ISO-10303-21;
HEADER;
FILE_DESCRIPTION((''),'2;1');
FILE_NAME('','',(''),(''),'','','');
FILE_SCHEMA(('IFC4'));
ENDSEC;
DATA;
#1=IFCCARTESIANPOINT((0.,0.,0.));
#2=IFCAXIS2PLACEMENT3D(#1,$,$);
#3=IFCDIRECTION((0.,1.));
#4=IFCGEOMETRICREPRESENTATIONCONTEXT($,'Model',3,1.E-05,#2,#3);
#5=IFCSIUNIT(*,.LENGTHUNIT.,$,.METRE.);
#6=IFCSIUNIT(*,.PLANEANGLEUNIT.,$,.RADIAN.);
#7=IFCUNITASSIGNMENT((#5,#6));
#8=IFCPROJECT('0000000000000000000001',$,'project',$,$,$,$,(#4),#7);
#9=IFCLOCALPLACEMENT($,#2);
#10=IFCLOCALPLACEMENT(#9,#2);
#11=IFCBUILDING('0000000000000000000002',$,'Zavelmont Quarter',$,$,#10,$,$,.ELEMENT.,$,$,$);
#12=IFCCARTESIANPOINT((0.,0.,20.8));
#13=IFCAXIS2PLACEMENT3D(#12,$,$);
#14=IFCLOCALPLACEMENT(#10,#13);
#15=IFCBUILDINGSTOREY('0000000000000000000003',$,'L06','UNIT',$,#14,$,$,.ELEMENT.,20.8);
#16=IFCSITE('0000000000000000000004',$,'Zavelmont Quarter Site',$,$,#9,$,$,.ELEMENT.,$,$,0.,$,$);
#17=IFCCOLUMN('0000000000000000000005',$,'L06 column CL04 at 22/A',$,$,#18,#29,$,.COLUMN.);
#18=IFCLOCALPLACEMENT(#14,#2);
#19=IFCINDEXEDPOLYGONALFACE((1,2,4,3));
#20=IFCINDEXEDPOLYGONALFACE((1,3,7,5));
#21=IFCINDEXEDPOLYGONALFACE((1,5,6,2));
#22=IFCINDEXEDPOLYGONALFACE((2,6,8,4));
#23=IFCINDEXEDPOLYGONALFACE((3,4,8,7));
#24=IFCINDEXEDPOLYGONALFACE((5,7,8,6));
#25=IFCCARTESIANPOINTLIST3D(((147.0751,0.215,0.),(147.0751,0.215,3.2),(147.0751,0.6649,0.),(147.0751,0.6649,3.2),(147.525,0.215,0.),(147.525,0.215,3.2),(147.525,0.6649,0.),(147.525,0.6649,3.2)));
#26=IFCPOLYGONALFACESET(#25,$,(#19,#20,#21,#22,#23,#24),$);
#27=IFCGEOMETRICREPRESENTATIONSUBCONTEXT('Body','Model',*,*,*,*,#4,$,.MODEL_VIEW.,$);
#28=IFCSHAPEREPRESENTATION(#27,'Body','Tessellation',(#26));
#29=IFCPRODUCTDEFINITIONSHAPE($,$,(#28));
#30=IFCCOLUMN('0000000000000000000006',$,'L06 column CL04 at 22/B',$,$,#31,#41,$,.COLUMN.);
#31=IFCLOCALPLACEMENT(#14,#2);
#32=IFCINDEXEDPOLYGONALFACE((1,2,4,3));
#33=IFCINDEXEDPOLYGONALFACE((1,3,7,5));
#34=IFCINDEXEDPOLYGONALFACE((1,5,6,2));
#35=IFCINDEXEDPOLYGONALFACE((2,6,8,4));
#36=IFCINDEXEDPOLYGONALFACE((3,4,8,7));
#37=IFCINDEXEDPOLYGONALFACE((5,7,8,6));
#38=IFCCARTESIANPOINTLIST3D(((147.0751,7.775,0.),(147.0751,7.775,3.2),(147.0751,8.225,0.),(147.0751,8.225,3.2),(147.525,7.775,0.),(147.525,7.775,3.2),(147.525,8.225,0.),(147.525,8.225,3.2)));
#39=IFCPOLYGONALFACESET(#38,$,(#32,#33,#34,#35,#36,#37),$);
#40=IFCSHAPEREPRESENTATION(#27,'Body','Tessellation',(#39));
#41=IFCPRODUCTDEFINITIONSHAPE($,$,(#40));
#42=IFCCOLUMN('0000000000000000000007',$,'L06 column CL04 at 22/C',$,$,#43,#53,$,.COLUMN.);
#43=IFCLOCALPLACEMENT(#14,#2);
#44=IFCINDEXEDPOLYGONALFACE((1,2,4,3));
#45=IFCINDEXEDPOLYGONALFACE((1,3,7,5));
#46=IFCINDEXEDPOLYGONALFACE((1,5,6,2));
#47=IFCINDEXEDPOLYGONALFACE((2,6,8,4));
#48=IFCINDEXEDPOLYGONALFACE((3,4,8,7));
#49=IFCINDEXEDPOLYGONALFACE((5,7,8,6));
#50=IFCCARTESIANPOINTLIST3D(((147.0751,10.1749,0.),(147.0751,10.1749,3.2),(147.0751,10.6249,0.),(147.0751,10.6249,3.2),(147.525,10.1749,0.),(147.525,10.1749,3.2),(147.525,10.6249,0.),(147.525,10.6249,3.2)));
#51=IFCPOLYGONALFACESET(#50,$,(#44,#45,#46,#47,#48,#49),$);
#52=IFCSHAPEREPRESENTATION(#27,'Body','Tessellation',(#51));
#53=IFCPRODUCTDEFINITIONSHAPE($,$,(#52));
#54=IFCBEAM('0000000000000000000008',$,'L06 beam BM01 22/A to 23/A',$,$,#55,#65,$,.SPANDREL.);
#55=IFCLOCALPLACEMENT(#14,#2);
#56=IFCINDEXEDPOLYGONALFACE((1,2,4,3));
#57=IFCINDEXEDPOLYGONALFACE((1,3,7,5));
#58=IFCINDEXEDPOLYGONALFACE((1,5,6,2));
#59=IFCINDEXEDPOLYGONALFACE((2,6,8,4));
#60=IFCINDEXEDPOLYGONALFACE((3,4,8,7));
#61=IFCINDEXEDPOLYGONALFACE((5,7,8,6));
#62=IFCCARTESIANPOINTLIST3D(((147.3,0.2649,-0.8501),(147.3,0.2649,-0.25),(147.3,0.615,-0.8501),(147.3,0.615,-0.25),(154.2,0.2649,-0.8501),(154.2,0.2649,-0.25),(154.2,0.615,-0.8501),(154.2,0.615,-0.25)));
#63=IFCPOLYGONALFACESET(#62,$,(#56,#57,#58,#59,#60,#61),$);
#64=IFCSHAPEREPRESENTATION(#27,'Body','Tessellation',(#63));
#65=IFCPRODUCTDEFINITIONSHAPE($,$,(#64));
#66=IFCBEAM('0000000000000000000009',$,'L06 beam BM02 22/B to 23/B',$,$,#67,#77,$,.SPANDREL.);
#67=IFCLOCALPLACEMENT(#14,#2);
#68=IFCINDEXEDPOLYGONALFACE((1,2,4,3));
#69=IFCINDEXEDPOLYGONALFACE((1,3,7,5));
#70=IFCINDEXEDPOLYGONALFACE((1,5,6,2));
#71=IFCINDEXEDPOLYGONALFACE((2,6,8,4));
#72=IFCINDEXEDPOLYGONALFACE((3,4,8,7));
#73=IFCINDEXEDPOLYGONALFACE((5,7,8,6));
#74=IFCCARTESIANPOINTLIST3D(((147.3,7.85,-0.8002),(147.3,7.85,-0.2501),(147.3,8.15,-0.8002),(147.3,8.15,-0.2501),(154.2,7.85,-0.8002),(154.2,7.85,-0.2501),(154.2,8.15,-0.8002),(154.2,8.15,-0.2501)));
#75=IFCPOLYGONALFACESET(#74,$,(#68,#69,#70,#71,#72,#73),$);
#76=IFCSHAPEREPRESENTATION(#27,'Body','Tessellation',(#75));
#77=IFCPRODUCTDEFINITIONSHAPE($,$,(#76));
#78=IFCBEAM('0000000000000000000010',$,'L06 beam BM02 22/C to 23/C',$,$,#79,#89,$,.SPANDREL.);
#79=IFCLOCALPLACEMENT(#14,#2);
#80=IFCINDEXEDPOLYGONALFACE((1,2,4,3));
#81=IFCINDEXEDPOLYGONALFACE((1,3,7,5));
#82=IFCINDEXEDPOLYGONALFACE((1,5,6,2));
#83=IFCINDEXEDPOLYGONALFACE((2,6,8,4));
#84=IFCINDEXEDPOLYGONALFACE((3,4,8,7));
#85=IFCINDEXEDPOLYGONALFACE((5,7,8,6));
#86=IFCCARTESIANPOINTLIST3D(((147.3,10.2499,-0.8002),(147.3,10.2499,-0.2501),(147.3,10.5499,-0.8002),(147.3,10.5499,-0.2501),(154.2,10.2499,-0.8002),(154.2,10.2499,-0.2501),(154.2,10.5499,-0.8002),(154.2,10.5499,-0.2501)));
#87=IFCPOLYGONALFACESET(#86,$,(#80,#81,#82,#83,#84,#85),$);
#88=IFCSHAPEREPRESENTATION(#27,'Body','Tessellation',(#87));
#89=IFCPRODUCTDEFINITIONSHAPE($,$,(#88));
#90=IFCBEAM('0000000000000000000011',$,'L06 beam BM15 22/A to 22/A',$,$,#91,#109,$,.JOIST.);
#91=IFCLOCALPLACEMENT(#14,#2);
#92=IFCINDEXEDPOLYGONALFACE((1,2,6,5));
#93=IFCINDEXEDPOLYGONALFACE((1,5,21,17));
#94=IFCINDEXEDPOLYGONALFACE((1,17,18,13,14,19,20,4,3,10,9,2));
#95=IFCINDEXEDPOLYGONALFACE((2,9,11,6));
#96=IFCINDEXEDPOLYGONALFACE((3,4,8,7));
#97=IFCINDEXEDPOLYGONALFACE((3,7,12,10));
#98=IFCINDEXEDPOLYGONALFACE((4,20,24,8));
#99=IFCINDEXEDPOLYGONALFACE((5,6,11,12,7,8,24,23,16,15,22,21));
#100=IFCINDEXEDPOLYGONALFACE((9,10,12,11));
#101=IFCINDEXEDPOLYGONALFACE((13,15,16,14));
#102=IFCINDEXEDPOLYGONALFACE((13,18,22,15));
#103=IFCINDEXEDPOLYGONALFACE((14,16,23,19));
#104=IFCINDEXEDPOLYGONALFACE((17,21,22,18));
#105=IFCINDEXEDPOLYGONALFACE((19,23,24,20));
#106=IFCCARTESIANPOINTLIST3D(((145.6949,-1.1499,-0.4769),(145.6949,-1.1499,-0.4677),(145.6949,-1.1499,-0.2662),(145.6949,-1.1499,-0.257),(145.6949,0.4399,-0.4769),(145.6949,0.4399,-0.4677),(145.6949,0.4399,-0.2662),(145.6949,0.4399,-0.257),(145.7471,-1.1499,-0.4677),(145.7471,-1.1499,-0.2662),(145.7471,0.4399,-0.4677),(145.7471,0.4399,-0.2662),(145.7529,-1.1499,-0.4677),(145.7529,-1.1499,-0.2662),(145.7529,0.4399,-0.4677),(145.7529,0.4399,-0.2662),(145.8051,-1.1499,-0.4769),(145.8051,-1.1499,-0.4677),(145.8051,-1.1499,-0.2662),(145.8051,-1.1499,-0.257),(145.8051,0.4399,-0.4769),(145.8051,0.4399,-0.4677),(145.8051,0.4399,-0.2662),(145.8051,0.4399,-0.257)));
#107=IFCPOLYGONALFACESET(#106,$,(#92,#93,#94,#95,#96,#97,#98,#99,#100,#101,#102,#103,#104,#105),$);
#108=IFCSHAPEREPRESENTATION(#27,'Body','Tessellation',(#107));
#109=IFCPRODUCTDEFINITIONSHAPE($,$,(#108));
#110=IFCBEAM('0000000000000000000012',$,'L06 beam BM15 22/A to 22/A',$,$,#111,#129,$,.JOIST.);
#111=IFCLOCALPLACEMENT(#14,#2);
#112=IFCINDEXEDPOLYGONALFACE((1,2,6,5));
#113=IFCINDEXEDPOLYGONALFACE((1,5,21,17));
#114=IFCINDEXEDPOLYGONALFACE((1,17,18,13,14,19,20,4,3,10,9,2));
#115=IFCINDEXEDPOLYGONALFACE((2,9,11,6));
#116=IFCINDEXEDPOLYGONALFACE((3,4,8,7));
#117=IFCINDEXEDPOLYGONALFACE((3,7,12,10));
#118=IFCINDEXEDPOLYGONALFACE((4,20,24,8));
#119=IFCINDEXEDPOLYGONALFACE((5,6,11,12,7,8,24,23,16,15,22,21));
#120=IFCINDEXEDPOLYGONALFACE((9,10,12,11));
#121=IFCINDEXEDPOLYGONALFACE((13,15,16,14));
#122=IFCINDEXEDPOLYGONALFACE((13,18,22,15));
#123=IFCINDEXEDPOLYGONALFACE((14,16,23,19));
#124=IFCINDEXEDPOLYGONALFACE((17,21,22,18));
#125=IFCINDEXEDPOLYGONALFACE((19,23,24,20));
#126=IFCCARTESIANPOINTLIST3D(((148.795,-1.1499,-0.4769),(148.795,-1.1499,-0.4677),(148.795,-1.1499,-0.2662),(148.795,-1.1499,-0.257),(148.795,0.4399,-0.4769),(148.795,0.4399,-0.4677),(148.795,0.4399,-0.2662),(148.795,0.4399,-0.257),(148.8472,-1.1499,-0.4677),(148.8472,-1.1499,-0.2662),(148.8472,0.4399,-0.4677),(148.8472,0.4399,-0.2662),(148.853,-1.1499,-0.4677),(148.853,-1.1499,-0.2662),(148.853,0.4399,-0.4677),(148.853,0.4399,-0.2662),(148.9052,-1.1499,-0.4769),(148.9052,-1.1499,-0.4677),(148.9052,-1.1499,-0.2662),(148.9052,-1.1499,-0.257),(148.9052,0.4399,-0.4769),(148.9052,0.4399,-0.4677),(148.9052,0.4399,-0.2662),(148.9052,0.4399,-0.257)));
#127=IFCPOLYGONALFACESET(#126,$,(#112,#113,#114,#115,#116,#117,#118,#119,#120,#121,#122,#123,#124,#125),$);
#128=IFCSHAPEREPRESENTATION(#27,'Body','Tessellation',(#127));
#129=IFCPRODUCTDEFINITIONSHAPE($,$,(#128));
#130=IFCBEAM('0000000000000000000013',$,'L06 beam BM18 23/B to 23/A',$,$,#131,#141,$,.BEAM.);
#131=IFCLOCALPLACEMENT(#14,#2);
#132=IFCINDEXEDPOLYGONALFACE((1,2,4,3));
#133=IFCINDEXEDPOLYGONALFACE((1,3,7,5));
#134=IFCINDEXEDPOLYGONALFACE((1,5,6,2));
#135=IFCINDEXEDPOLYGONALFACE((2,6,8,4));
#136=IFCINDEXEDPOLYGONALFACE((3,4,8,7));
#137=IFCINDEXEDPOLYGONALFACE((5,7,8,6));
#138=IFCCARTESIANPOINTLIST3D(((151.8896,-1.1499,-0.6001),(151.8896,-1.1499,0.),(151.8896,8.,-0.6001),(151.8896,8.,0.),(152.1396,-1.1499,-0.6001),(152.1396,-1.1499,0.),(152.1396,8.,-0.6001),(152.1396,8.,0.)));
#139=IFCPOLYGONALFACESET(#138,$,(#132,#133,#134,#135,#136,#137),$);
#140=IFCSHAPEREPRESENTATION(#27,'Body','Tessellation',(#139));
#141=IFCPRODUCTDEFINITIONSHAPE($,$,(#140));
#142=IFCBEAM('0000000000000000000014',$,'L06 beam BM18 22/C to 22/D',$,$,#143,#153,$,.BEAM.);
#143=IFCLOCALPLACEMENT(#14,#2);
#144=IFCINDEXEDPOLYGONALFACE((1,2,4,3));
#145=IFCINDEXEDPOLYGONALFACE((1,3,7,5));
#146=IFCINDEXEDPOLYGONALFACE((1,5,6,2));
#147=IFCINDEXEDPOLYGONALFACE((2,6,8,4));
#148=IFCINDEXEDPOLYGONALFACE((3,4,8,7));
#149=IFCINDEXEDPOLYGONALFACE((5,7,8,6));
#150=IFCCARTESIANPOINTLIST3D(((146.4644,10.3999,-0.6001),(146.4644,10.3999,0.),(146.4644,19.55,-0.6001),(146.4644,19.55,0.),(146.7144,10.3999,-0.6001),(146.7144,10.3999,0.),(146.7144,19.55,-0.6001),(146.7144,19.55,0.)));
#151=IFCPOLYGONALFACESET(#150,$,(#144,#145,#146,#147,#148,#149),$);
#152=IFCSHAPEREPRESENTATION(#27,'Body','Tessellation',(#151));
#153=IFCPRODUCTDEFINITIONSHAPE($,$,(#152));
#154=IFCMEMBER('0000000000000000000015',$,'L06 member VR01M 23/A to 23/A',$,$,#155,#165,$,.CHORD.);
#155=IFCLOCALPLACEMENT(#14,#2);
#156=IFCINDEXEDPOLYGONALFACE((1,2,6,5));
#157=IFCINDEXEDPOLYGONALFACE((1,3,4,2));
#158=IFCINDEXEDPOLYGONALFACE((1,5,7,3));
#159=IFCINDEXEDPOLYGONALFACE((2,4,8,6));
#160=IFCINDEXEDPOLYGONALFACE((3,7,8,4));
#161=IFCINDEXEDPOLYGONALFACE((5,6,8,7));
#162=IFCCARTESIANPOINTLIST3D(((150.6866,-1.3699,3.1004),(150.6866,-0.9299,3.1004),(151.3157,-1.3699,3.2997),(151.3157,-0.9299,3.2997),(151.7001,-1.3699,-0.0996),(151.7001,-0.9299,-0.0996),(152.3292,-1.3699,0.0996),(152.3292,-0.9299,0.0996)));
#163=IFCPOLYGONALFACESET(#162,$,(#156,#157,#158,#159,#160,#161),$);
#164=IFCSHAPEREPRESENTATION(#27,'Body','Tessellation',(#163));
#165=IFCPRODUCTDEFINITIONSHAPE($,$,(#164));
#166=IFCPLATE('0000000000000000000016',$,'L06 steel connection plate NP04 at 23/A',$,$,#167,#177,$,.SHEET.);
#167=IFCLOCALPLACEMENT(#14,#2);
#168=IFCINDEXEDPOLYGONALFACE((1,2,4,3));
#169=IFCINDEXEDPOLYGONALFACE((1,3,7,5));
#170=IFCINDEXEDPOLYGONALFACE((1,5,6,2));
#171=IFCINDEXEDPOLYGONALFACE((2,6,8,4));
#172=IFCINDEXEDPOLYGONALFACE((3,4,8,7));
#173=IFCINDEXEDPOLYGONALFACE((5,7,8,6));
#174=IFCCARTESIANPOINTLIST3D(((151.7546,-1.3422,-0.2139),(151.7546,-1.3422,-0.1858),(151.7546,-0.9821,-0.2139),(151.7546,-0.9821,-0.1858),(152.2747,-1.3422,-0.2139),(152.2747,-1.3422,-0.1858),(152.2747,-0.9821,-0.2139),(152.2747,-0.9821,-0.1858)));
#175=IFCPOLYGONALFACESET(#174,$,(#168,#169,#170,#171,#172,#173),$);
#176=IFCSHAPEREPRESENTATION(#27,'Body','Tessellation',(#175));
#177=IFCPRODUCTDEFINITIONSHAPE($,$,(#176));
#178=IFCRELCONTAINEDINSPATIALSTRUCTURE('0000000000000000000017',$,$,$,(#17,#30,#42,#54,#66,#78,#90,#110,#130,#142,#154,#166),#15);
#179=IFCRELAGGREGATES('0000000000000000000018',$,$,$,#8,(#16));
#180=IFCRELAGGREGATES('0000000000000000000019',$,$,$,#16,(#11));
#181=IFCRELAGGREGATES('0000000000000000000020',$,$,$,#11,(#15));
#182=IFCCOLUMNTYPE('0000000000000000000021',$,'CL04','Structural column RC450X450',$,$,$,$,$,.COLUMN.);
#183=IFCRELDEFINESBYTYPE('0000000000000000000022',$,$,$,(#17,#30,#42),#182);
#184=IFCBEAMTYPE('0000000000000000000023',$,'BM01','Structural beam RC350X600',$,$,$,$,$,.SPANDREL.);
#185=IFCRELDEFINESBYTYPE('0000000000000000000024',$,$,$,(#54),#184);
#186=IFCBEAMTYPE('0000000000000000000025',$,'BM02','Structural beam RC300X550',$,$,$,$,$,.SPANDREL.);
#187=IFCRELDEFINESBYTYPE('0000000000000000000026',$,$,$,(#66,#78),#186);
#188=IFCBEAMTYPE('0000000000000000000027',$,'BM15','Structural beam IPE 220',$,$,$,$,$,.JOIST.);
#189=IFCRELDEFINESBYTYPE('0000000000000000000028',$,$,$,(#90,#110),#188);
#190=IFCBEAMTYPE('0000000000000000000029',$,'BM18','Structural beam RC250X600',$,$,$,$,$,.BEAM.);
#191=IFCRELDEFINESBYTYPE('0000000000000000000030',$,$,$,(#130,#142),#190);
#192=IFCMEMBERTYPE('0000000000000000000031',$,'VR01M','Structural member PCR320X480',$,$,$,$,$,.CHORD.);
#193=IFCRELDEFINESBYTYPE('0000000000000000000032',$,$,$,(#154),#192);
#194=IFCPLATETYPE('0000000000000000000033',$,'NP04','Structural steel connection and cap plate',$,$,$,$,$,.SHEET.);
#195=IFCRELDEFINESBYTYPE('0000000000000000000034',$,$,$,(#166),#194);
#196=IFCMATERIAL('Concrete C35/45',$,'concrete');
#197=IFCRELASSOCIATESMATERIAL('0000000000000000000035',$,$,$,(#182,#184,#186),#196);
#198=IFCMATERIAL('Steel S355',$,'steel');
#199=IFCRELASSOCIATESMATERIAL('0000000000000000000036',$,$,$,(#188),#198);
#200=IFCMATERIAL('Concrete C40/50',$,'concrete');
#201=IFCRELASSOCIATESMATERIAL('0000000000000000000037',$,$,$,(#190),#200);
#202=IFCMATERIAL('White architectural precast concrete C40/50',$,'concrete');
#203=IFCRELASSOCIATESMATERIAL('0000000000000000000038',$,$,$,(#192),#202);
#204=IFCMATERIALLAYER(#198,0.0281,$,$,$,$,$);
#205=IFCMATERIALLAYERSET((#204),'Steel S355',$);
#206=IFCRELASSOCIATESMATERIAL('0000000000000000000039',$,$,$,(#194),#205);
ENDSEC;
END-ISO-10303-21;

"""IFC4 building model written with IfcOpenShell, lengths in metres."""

from ifc_helpers import new_model, si_unit, direction, frame, origin, origin_2d, place, context, subcontext, project, spatial, rectangle, i_section, extrude, material, layer, layer_set, material_profile, profile_set, type_object, element, save


model = new_model("IFC4")

# Units and contexts
model_context = context("Model", 3, precision=1e-05, world=origin(), true_north=direction((0.0, 1.0)))
body_context = subcontext(model_context, "Body", "Model", "MODEL_VIEW")
ifc_project = project(units=[si_unit("LENGTHUNIT", "METRE"), si_unit("PLANEANGLEUNIT", "RADIAN")], contexts=[model_context])

# Site, building, storey
site_placement = place(None, origin())
site = spatial("IfcSite", under=ifc_project, at=site_placement, Name="Zavelmont Quarter Site", CompositionType="ELEMENT", RefElevation=0.0)
building_placement = place(site_placement, origin())
building = spatial("IfcBuilding", under=site, at=building_placement, Name="Zavelmont Quarter", CompositionType="ELEMENT")
storey_placement = place(building_placement, frame((0.0, 0.0, 20.8)))
storey = spatial("IfcBuildingStorey", under=building, at=storey_placement, Name="L06", Description="UNIT", CompositionType="ELEMENT", Elevation=20.8)

# Columns
ifc_material_1 = material(Name="Concrete C35/45", Category="concrete")
ifc_material_profile_1 = material_profile(ifc_material_1, rectangle(XDim=0.45, YDim=0.45, at=origin_2d()), Name="RC450X450")
ifc_profile_set_1 = profile_set([ifc_material_profile_1], Name="Concrete C35/45")
column_type = type_object("IfcColumnType", Name="CL04", Description="Structural column RC450X450", PredefinedType="COLUMN", material=ifc_profile_set_1)
for number, where, z_axis, x_axis, name in (
    (1, (147.3, 0.4399, 0.0), (0.0, 0.0, 1.0), (1.0, 0.0, 0.0), "L06 column CL04 at 22/A"),
    (2, (147.3, 8.0, 0.0), (0.0, 0.0, 1.0), (1.0, 0.0, 0.0), "L06 column CL04 at 22/B"),
    (3, (147.3, 10.3999, 0.0), (0.0, 0.0, 1.0), (1.0, 0.0, 0.0), "L06 column CL04 at 22/C"),
):
    element("IfcColumn", number, at=place(storey_placement, frame(where, z_axis=z_axis, x_axis=x_axis)), inside=storey, type_object=column_type, Name=name, PredefinedType="COLUMN", context=body_context, shape_type="SweptSolid", body=[
        extrude(rectangle(XDim=0.45, YDim=0.45, at=origin_2d()), origin(), (0.0, 0.0, 1.0), 3.2),
    ])

# Beams
ifc_material_profile_2 = material_profile(ifc_material_1, rectangle(XDim=0.3501, YDim=0.6001, at=origin_2d()), Name="RC350X600")
ifc_profile_set_2 = profile_set([ifc_material_profile_2], Name="Concrete C35/45")
beam_type_1 = type_object("IfcBeamType", Name="BM01", Description="Structural beam RC350X600", PredefinedType="SPANDREL", material=ifc_profile_set_2)
beam_1_placement = place(storey_placement, frame((147.3, 0.4399, -0.55), z_axis=(1.0, 0.0, 0.0), x_axis=(0.0, 1.0, 0.0)))
element("IfcBeam", 4, at=beam_1_placement, inside=storey, type_object=beam_type_1, Name="L06 beam BM01 22/A to 23/A", PredefinedType="SPANDREL", context=body_context, shape_type="SweptSolid", body=[
    extrude(rectangle(XDim=0.3501, YDim=0.6001, at=origin_2d()), origin(), (0.0, 0.0, 1.0), 6.8999),
])
ifc_material_profile_3 = material_profile(ifc_material_1, rectangle(XDim=0.3, YDim=0.55, at=origin_2d()), Name="RC300X550")
ifc_profile_set_3 = profile_set([ifc_material_profile_3], Name="Concrete C35/45")
beam_type_2 = type_object("IfcBeamType", Name="BM02", Description="Structural beam RC300X550", PredefinedType="SPANDREL", material=ifc_profile_set_3)
for number, where, z_axis, x_axis, name in (
    (5, (147.3, 8.0, -0.5251), (1.0, 0.0, 0.0), (0.0, 1.0, 0.0), "L06 beam BM02 22/B to 23/B"),
    (6, (147.3, 10.3999, -0.5251), (1.0, 0.0, 0.0), (0.0, 1.0, 0.0), "L06 beam BM02 22/C to 23/C"),
):
    element("IfcBeam", number, at=place(storey_placement, frame(where, z_axis=z_axis, x_axis=x_axis)), inside=storey, type_object=beam_type_2, Name=name, PredefinedType="SPANDREL", context=body_context, shape_type="SweptSolid", body=[
        extrude(rectangle(XDim=0.3, YDim=0.55, at=origin_2d()), origin(), (0.0, 0.0, 1.0), 6.8999),
    ])
ifc_material_2 = material(Name="Steel S355", Category="steel")
ifc_material_profile_4 = material_profile(ifc_material_2, i_section(OverallWidth=0.1101, OverallDepth=0.22, WebThickness=0.0059, FlangeThickness=0.0093, at=origin_2d()), Name="IPE 220")
ifc_profile_set_4 = profile_set([ifc_material_profile_4], Name="Steel S355")
beam_type_3 = type_object("IfcBeamType", Name="BM15", Description="Structural beam IPE 220", PredefinedType="JOIST", material=ifc_profile_set_4)
for number, where, z_axis, x_axis, name in (
    (7, (145.75, 0.4399, -0.3669), (0.0, -1.0, 0.0), (1.0, 0.0, 0.0), "L06 beam BM15 22/A to 22/A"),
    (8, (148.8501, 0.4399, -0.3669), (0.0, -1.0, 0.0), (1.0, 0.0, 0.0), "L06 beam BM15 22/A to 22/A"),
):
    element("IfcBeam", number, at=place(storey_placement, frame(where, z_axis=z_axis, x_axis=x_axis)), inside=storey, type_object=beam_type_3, Name=name, PredefinedType="JOIST", context=body_context, shape_type="SweptSolid", body=[
        extrude(i_section(OverallWidth=0.1101, OverallDepth=0.22, WebThickness=0.0059, FlangeThickness=0.0093, at=origin_2d()), origin(), (0.0, 0.0, 1.0), 1.5898),
    ])
ifc_material_3 = material(Name="Concrete C40/50", Category="concrete")
ifc_material_profile_5 = material_profile(ifc_material_3, rectangle(XDim=0.25, YDim=0.6001, at=origin_2d()), Name="RC250X600")
ifc_profile_set_5 = profile_set([ifc_material_profile_5], Name="Concrete C40/50")
beam_type_4 = type_object("IfcBeamType", Name="BM18", Description="Structural beam RC250X600", PredefinedType="BEAM", material=ifc_profile_set_5)
beam_2_placement = place(storey_placement, frame((152.0146, 8.0, -0.3), z_axis=(0.0, -1.0, 0.0), x_axis=(1.0, 0.0, 0.0)))
element("IfcBeam", 9, at=beam_2_placement, inside=storey, type_object=beam_type_4, Name="L06 beam BM18 23/B to 23/A", PredefinedType="BEAM", context=body_context, shape_type="SweptSolid", body=[
    extrude(rectangle(XDim=0.25, YDim=0.6001, at=origin_2d()), origin(), (0.0, 0.0, 1.0), 9.1499),
])
beam_3_placement = place(storey_placement, frame((146.5894, 10.3999, -0.3), z_axis=(0.0, 1.0, 0.0), x_axis=(-1.0, 0.0, 0.0)))
element("IfcBeam", 10, at=beam_3_placement, inside=storey, type_object=beam_type_4, Name="L06 beam BM18 22/C to 22/D", PredefinedType="BEAM", context=body_context, shape_type="SweptSolid", body=[
    extrude(rectangle(XDim=0.25, YDim=0.6001, at=origin_2d()), origin(), (0.0, 0.0, 1.0), 9.1501),
])

# Member
ifc_material_4 = material(Name="White architectural precast concrete C40/50", Category="concrete")
ifc_material_profile_6 = material_profile(ifc_material_4, rectangle(XDim=0.4399, YDim=0.6599, at=origin_2d()), Name="PCR320X480")
ifc_profile_set_6 = profile_set([ifc_material_profile_6], Name="White architectural precast concrete C40/50")
member_type = type_object("IfcMemberType", Name="VR01M", Description="Structural member PCR320X480", PredefinedType="CHORD", material=ifc_profile_set_6)
member_placement = place(storey_placement, frame((152.0146, -1.1499, 0.0), z_axis=(-0.301921, 0.0, 0.953333), x_axis=(0.0, -1.0, 0.0)))
element("IfcMember", 11, at=member_placement, inside=storey, type_object=member_type, Name="L06 member VR01M 23/A to 23/A", PredefinedType="CHORD", context=body_context, shape_type="SweptSolid", body=[
    extrude(rectangle(XDim=0.4399, YDim=0.6599, at=origin_2d()), origin(), (0.0, 0.0, 1.0), 3.3567),
])

# Plate
ifc_layer_1 = layer(ifc_material_2, 0.0281)
ifc_layer_set_1 = layer_set([ifc_layer_1], Name="Steel S355")
plate_type = type_object("IfcPlateType", Name="NP04", Description="Structural steel connection and cap plate", PredefinedType="SHEET", material=ifc_layer_set_1)
plate_placement = place(storey_placement, frame((152.0146, -1.1621, -0.2139), z_axis=(0.0, 0.0, 1.0), x_axis=(1.0, 0.0, 0.0)))
element("IfcPlate", 12, at=plate_placement, inside=storey, type_object=plate_type, Name="L06 steel connection plate NP04 at 23/A", PredefinedType="SHEET", context=body_context, shape_type="SweptSolid", body=[
    extrude(rectangle(XDim=0.52, YDim=0.3601, at=origin_2d()), origin(), (0.0, 0.0, 1.0), 0.0281),
])

save(model, "model.ifc")
